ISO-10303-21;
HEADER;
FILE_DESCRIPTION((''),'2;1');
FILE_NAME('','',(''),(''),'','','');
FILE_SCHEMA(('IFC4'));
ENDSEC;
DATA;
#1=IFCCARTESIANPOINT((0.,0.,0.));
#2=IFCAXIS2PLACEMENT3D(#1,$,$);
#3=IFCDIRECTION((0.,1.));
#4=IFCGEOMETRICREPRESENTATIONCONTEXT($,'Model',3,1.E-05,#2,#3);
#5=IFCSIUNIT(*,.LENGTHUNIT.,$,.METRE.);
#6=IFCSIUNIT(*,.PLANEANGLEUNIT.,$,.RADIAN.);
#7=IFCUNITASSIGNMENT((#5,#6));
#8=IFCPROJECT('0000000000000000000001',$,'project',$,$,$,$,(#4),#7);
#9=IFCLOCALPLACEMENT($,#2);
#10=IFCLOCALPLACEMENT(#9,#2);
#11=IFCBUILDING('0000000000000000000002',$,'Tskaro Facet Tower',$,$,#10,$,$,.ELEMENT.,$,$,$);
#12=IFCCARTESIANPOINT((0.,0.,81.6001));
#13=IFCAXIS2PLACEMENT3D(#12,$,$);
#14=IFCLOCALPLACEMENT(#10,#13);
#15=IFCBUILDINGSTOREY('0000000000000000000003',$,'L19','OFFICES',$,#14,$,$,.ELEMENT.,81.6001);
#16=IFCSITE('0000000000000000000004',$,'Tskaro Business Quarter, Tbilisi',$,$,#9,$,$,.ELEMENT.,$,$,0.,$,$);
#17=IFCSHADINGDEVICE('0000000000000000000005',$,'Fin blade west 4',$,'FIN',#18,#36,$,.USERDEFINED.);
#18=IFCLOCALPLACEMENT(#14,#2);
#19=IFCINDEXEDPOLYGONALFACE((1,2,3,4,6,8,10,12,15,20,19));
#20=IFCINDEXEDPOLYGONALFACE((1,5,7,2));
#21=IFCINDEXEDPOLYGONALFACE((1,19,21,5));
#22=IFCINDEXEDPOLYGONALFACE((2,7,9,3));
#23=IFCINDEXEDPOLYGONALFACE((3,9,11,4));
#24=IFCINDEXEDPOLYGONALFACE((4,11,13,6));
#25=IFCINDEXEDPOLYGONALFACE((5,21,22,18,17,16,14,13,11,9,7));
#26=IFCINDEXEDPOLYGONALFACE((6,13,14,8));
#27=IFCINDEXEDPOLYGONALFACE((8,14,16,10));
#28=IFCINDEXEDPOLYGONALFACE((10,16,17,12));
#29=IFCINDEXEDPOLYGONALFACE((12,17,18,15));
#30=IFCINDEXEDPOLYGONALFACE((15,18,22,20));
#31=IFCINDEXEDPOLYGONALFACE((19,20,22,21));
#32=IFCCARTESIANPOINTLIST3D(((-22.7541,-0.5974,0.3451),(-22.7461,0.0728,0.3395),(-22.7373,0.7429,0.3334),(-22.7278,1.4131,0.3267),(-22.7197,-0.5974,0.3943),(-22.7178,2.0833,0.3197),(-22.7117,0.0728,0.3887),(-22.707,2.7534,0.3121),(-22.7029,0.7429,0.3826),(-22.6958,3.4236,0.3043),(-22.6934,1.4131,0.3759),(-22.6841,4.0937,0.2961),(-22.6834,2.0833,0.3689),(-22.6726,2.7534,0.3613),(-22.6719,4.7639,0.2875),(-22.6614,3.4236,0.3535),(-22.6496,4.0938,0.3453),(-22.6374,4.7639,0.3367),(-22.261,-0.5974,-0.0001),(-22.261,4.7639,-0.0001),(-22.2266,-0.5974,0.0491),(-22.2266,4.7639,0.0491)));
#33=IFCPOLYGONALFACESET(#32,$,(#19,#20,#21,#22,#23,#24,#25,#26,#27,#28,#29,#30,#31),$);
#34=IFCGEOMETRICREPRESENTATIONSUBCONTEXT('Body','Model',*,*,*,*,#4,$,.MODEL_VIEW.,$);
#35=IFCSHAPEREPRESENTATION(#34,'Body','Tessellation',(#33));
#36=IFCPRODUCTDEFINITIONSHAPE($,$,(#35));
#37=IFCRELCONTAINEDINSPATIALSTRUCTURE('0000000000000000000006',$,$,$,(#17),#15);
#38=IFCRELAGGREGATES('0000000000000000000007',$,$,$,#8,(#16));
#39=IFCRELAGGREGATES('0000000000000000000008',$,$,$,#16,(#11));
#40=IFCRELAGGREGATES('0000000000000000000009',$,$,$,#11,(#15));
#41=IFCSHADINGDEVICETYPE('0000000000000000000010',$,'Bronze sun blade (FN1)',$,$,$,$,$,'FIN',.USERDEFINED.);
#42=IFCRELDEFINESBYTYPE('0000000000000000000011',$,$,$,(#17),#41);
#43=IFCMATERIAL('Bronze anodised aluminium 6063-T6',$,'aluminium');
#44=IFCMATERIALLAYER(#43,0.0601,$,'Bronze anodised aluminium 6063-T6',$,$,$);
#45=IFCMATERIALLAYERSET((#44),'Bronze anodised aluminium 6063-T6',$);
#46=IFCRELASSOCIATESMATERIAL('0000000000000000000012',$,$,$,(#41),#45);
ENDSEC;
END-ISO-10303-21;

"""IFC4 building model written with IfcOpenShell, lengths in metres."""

from ifc_helpers import new_model, si_unit, direction, frame, origin, place, context, subcontext, project, spatial, polyline, outline, extrude, material, layer, layer_set, type_object, element, save


model = new_model("IFC4")

# Units and contexts
model_context = context("Model", 3, precision=1e-05, world=origin(), true_north=direction((0.0, 1.0)))
body_context = subcontext(model_context, "Body", "Model", "MODEL_VIEW")
ifc_project = project(units=[si_unit("LENGTHUNIT", "METRE"), si_unit("PLANEANGLEUNIT", "RADIAN")], contexts=[model_context])

# Site, building, storey
site_placement = place(None, origin())
site = spatial("IfcSite", under=ifc_project, at=site_placement, Name="Tskaro Business Quarter, Tbilisi", CompositionType="ELEMENT", RefElevation=0.0)
building_placement = place(site_placement, origin())
building = spatial("IfcBuilding", under=site, at=building_placement, Name="Tskaro Facet Tower", CompositionType="ELEMENT")
storey_placement = place(building_placement, frame((0.0, 0.0, 81.6001)))
storey = spatial("IfcBuildingStorey", under=building, at=storey_placement, Name="L19", Description="OFFICES", CompositionType="ELEMENT", Elevation=81.6001)

# Shared definitions
ifc_material_1 = material(Name="Bronze anodised aluminium 6063-T6", Category="aluminium")

# Shading device
ifc_layer_1 = layer(ifc_material_1, 0.0601, Name="Bronze anodised aluminium 6063-T6")
ifc_layer_set_1 = layer_set([ifc_layer_1], Name="Bronze anodised aluminium 6063-T6")
shading_device_type = type_object("IfcShadingDeviceType", Name="Bronze sun blade (FN1)", ElementType="FIN", PredefinedType="USERDEFINED", material=ifc_layer_set_1)
shading_device_placement = place(storey_placement, frame((-22.2266, 4.7639, 0.0491), z_axis=(0.573519, 0.0, 0.819192), x_axis=(0.0, -1.0, 0.0)))
element("IfcShadingDevice", 1, at=shading_device_placement, inside=storey, type_object=shading_device_type, Name="Fin blade west 4", ObjectType="FIN", PredefinedType="USERDEFINED", context=body_context, shape_type="SweptSolid", body=[
    extrude(outline(polyline([(0.0, 0.0), (5.3613, 0.0), (5.3613, -0.602), (4.6912, -0.5922), (4.021, -0.5815), (3.3508, -0.5699), (2.6807, -0.5576), (2.0105, -0.5445), (1.3403, -0.5308), (0.6702, -0.5164), (0.0, -0.5015), (0.0, 0.0)])), origin(), (0.0, 0.0, -1.0), 0.0601),
])

save(model, "model.ifc")
